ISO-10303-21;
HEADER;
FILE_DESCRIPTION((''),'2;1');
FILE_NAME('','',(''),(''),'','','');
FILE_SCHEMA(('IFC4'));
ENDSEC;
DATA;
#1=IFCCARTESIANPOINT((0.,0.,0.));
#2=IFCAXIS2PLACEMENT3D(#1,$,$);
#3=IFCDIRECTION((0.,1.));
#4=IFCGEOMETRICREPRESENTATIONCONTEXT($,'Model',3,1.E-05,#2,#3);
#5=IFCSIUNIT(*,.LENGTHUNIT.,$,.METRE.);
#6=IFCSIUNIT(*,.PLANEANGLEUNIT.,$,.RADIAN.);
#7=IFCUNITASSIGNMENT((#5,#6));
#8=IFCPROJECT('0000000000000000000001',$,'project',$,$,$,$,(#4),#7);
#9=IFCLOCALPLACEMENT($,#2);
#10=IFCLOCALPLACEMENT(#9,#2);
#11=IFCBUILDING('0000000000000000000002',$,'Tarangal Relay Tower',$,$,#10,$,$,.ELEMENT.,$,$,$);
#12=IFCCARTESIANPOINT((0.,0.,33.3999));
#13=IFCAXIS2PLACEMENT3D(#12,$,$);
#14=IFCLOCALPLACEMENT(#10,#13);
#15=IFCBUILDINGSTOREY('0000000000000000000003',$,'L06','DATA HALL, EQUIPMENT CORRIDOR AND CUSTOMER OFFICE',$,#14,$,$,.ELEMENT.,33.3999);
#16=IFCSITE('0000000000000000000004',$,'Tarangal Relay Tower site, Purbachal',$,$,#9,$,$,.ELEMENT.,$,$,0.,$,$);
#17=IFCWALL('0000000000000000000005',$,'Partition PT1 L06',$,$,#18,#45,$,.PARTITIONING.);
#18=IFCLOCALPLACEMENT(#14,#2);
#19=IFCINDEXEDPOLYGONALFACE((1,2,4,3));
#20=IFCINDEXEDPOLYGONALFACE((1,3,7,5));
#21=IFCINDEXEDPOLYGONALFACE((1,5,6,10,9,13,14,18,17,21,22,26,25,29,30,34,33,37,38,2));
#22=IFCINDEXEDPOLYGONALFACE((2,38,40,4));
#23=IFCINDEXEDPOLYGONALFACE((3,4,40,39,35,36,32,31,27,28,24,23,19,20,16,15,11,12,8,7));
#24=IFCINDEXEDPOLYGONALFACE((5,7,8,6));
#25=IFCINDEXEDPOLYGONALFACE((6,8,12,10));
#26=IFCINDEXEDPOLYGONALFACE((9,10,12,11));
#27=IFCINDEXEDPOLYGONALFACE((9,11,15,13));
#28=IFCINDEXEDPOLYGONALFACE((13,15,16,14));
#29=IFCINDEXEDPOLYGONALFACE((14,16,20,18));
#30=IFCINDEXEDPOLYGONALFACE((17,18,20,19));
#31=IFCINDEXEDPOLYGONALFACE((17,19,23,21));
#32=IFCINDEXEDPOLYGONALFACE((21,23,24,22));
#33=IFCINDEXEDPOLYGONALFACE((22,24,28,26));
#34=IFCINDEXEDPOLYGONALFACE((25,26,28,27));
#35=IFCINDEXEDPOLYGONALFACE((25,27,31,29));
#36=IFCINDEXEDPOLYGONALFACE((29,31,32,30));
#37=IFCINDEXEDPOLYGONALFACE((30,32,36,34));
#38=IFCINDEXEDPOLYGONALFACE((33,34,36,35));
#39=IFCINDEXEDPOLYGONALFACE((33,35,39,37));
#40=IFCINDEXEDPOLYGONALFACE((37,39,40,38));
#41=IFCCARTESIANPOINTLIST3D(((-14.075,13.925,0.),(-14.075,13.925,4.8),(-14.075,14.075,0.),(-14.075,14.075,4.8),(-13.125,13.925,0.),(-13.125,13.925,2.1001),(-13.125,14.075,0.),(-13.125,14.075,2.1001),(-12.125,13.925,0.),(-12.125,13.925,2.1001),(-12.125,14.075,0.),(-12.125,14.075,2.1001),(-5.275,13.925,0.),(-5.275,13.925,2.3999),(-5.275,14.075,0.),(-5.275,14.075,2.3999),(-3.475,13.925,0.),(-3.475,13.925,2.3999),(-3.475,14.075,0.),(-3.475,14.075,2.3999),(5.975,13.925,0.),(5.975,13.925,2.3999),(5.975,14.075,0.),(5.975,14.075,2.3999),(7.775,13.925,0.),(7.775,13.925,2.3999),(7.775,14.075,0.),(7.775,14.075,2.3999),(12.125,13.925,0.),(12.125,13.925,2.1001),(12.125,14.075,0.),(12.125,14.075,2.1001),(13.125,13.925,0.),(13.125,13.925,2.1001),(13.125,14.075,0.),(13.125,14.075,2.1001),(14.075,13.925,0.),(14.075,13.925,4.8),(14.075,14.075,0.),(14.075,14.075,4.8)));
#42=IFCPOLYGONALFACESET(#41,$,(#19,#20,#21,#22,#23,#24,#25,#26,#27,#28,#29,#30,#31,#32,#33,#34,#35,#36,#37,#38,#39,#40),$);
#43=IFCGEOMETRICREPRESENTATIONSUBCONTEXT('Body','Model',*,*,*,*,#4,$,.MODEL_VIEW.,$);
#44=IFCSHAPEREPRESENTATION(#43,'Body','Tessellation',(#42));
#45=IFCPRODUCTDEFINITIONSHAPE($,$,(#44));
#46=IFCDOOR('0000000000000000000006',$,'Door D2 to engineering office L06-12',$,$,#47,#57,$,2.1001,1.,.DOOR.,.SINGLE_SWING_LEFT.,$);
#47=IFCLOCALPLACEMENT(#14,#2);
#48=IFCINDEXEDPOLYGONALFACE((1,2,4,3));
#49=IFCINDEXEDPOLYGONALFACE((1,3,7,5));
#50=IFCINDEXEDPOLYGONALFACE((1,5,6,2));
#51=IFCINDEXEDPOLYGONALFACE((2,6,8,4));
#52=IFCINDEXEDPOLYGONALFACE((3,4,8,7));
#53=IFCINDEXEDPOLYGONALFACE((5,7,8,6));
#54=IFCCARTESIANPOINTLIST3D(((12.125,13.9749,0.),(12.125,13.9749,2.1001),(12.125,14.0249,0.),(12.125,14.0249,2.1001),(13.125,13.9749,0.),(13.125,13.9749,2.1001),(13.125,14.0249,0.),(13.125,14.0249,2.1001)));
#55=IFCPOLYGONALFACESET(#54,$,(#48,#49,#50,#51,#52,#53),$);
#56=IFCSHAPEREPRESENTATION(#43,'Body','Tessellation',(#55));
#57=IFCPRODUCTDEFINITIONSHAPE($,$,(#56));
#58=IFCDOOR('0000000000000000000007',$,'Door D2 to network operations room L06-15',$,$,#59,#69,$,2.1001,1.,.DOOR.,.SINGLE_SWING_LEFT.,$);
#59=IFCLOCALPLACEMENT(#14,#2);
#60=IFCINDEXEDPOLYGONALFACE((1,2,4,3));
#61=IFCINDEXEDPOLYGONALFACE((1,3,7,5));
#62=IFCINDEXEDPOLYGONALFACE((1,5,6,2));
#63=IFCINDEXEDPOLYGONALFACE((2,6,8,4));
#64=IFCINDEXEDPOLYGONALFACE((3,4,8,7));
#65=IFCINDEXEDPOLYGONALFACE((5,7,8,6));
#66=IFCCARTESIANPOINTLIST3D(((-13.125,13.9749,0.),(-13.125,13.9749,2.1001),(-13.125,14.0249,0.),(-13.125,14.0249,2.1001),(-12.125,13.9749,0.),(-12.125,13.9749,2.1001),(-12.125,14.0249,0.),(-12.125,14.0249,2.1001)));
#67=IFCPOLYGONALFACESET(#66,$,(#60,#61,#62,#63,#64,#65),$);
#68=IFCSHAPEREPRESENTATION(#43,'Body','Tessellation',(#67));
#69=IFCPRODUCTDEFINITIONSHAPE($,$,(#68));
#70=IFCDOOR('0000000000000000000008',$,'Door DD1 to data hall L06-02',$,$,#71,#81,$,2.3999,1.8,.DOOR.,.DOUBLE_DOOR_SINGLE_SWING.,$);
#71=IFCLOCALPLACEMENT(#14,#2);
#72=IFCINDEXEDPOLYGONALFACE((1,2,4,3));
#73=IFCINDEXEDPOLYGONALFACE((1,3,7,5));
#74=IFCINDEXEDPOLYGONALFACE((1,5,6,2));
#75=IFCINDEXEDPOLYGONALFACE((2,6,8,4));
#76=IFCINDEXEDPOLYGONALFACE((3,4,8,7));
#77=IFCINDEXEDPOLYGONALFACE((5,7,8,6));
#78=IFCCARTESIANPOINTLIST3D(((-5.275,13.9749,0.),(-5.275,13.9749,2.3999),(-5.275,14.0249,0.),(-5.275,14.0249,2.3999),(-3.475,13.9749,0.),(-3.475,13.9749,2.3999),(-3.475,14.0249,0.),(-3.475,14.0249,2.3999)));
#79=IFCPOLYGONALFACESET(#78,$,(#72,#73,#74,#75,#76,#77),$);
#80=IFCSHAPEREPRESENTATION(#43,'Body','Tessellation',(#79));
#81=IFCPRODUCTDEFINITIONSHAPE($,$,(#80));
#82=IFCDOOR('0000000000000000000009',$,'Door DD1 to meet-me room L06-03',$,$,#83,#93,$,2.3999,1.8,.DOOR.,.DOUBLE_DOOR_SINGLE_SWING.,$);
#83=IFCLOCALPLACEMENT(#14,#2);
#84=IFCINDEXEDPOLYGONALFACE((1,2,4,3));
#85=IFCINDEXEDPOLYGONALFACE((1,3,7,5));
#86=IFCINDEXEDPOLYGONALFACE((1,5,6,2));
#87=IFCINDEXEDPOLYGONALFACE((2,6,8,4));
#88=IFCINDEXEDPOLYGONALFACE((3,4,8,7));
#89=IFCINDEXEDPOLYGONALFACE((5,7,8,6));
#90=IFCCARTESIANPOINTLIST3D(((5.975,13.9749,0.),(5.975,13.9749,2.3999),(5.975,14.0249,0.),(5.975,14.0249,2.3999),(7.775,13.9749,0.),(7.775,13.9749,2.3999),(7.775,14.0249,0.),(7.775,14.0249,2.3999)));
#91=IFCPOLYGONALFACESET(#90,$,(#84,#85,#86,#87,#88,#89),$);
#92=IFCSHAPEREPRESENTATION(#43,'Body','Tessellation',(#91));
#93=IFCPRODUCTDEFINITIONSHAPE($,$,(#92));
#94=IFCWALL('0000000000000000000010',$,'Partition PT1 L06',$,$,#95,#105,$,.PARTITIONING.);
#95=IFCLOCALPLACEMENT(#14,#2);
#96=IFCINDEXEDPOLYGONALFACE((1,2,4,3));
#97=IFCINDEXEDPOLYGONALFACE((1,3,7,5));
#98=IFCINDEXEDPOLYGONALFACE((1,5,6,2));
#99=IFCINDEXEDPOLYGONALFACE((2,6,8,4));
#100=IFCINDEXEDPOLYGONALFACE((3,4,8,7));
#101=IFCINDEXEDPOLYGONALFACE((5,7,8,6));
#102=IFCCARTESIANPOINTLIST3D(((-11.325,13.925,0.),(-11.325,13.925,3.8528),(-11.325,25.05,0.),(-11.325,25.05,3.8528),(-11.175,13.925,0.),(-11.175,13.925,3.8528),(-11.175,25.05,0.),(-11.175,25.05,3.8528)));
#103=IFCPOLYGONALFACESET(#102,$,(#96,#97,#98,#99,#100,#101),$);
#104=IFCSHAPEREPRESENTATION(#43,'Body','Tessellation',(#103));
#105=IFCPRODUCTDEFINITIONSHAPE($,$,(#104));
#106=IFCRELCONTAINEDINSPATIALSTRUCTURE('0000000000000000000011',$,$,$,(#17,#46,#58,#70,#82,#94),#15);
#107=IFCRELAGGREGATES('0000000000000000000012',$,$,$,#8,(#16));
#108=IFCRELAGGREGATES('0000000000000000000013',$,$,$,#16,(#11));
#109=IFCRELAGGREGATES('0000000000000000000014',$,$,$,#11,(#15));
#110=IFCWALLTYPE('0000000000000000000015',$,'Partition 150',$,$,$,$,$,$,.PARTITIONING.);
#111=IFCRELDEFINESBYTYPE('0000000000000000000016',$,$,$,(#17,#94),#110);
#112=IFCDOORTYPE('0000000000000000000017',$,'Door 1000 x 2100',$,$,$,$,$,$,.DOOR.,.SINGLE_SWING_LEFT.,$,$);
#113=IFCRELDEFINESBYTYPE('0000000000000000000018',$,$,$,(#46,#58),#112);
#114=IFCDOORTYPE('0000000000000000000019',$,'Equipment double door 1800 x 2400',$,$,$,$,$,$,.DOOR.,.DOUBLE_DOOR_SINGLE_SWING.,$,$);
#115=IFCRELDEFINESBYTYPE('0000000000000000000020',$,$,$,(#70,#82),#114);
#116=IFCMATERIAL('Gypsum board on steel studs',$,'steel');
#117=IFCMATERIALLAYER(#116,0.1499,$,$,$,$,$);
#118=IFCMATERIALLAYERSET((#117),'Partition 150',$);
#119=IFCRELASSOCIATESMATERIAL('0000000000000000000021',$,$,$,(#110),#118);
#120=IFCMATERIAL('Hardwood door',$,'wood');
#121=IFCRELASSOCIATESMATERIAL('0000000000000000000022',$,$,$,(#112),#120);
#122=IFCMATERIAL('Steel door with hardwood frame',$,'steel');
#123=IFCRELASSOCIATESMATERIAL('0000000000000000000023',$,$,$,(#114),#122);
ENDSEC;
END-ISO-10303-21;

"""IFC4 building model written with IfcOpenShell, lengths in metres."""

from ifc_helpers import new_model, si_unit, direction, frame, frame_2d, origin, place, context, subcontext, project, spatial, rectangle, extrude, material, layer, layer_set, type_object, element, fill, save


model = new_model("IFC4")

# Units and contexts
model_context = context("Model", 3, precision=1e-05, world=origin(), true_north=direction((0.0, 1.0)))
body_context = subcontext(model_context, "Body", "Model", "MODEL_VIEW")
ifc_project = project(units=[si_unit("LENGTHUNIT", "METRE"), si_unit("PLANEANGLEUNIT", "RADIAN")], contexts=[model_context])

# Site, building, storey
site_placement = place(None, origin())
site = spatial("IfcSite", under=ifc_project, at=site_placement, Name="Tarangal Relay Tower site, Purbachal", CompositionType="ELEMENT", RefElevation=0.0)
building_placement = place(site_placement, origin())
building = spatial("IfcBuilding", under=site, at=building_placement, Name="Tarangal Relay Tower", CompositionType="ELEMENT")
storey_placement = place(building_placement, frame((0.0, 0.0, 33.3999)))
storey = spatial("IfcBuildingStorey", under=building, at=storey_placement, Name="L06", Description="DATA HALL, EQUIPMENT CORRIDOR AND CUSTOMER OFFICE", CompositionType="ELEMENT", Elevation=33.3999)

# Wall, openings, doors
ifc_material_1 = material(Name="Gypsum board on steel studs", Category="steel")
ifc_layer_1 = layer(ifc_material_1, 0.1499)
ifc_layer_set_1 = layer_set([ifc_layer_1], Name="Partition 150")
wall_type_1 = type_object("IfcWallType", Name="Partition 150", PredefinedType="PARTITIONING", material=ifc_layer_set_1)
wall_1_placement = place(storey_placement, frame((-14.075, 14.0, 0.0), z_axis=(0.0, 0.0, 1.0), x_axis=(1.0, 0.0, 0.0)))
wall_1 = element("IfcWall", 1, at=wall_1_placement, inside=storey, type_object=wall_type_1, Name="Partition PT1 L06", PredefinedType="PARTITIONING", context=body_context, shape_type="SweptSolid", body=[
    extrude(rectangle(XDim=28.1499, YDim=0.1499, at=frame_2d((14.075, 0.0))), origin(), (0.0, 0.0, 1.0), 4.8),
])
opening_1_placement = place(wall_1_placement, frame((8.8, 0.0, 0.0)))
opening_1 = element("IfcOpeningElement", 2, at=opening_1_placement, cuts=wall_1, PredefinedType="OPENING", context=body_context, shape_type="SweptSolid", body=[
    extrude(rectangle(XDim=1.8, YDim=2.3999, at=frame_2d((0.8999, 1.2))), frame((0.0, 0.085, 0.0), z_axis=(0.0, -1.0, 0.0), x_axis=(1.0, 0.0, 0.0)), (0.0, 0.0, 1.0), 0.1699),
])
opening_2_placement = place(wall_1_placement, frame((20.05, 0.0, 0.0)))
opening_2 = element("IfcOpeningElement", 3, at=opening_2_placement, cuts=wall_1, PredefinedType="OPENING", context=body_context, shape_type="SweptSolid", body=[
    extrude(rectangle(XDim=1.8, YDim=2.3999, at=frame_2d((0.8999, 1.2))), frame((0.0, 0.085, 0.0), z_axis=(0.0, -1.0, 0.0), x_axis=(1.0, 0.0, 0.0)), (0.0, 0.0, 1.0), 0.1699),
])
opening_3_placement = place(wall_1_placement, frame((26.2, 0.0, 0.0)))
opening_3 = element("IfcOpeningElement", 4, at=opening_3_placement, cuts=wall_1, PredefinedType="OPENING", context=body_context, shape_type="SweptSolid", body=[
    extrude(rectangle(XDim=1.0, YDim=2.1001, at=frame_2d((0.5, 1.05))), frame((0.0, 0.085, 0.0), z_axis=(0.0, -1.0, 0.0), x_axis=(1.0, 0.0, 0.0)), (0.0, 0.0, 1.0), 0.1699),
])
opening_4_placement = place(wall_1_placement, frame((0.95, 0.0, 0.0)))
opening_4 = element("IfcOpeningElement", 5, at=opening_4_placement, cuts=wall_1, PredefinedType="OPENING", context=body_context, shape_type="SweptSolid", body=[
    extrude(rectangle(XDim=1.0, YDim=2.1001, at=frame_2d((0.5, 1.05))), frame((0.0, 0.085, 0.0), z_axis=(0.0, -1.0, 0.0), x_axis=(1.0, 0.0, 0.0)), (0.0, 0.0, 1.0), 0.1699),
])
ifc_material_2 = material(Name="Hardwood door", Category="wood")
door_type_1 = type_object("IfcDoorType", Name="Door 1000 x 2100", OperationType="SINGLE_SWING_LEFT", PredefinedType="DOOR", material=ifc_material_2)
door_1_placement = place(opening_3_placement, origin())
door_1 = element("IfcDoor", 6, at=door_1_placement, inside=storey, type_object=door_type_1, Name="Door D2 to engineering office L06-12", OperationType="SINGLE_SWING_LEFT", OverallHeight=2.1001, OverallWidth=1.0, PredefinedType="DOOR", context=body_context, shape_type="SweptSolid", body=[
    extrude(rectangle(XDim=1.0, YDim=2.1001, at=frame_2d((0.5, 1.05))), frame((0.0, 0.0249, 0.0), z_axis=(0.0, -1.0, 0.0), x_axis=(1.0, 0.0, 0.0)), (0.0, 0.0, 1.0), 0.05),
])
fill(opening_3, door_1)
door_2_placement = place(opening_4_placement, origin())
door_2 = element("IfcDoor", 7, at=door_2_placement, inside=storey, type_object=door_type_1, Name="Door D2 to network operations room L06-15", OperationType="SINGLE_SWING_LEFT", OverallHeight=2.1001, OverallWidth=1.0, PredefinedType="DOOR", context=body_context, shape_type="SweptSolid", body=[
    extrude(rectangle(XDim=1.0, YDim=2.1001, at=frame_2d((0.5, 1.05))), frame((0.0, 0.0249, 0.0), z_axis=(0.0, -1.0, 0.0), x_axis=(1.0, 0.0, 0.0)), (0.0, 0.0, 1.0), 0.05),
])
fill(opening_4, door_2)
ifc_material_3 = material(Name="Steel door with hardwood frame", Category="steel")
door_type_2 = type_object("IfcDoorType", Name="Equipment double door 1800 x 2400", OperationType="DOUBLE_DOOR_SINGLE_SWING", PredefinedType="DOOR", material=ifc_material_3)
door_3_placement = place(opening_1_placement, origin())
door_3 = element("IfcDoor", 8, at=door_3_placement, inside=storey, type_object=door_type_2, Name="Door DD1 to data hall L06-02", OperationType="DOUBLE_DOOR_SINGLE_SWING", OverallHeight=2.3999, OverallWidth=1.8, PredefinedType="DOOR", context=body_context, shape_type="SweptSolid", body=[
    extrude(rectangle(XDim=1.8, YDim=2.3999, at=frame_2d((0.8999, 1.2))), frame((0.0, 0.0249, 0.0), z_axis=(0.0, -1.0, 0.0), x_axis=(1.0, 0.0, 0.0)), (0.0, 0.0, 1.0), 0.05),
])
fill(opening_1, door_3)
door_4_placement = place(opening_2_placement, origin())
door_4 = element("IfcDoor", 9, at=door_4_placement, inside=storey, type_object=door_type_2, Name="Door DD1 to meet-me room L06-03", OperationType="DOUBLE_DOOR_SINGLE_SWING", OverallHeight=2.3999, OverallWidth=1.8, PredefinedType="DOOR", context=body_context, shape_type="SweptSolid", body=[
    extrude(rectangle(XDim=1.8, YDim=2.3999, at=frame_2d((0.8999, 1.2))), frame((0.0, 0.0249, 0.0), z_axis=(0.0, -1.0, 0.0), x_axis=(1.0, 0.0, 0.0)), (0.0, 0.0, 1.0), 0.05),
])
fill(opening_2, door_4)

# Wall
wall_2_placement = place(storey_placement, frame((-11.25, 13.925, 0.0), z_axis=(0.0, 0.0, 1.0), x_axis=(0.0, 1.0, 0.0)))
element("IfcWall", 10, at=wall_2_placement, inside=storey, type_object=wall_type_1, Name="Partition PT1 L06", PredefinedType="PARTITIONING", context=body_context, shape_type="SweptSolid", body=[
    extrude(rectangle(XDim=11.125, YDim=0.1499, at=frame_2d((5.5625, 0.0))), origin(), (0.0, 0.0, 1.0), 3.8528),
])

save(model, "model.ifc")
